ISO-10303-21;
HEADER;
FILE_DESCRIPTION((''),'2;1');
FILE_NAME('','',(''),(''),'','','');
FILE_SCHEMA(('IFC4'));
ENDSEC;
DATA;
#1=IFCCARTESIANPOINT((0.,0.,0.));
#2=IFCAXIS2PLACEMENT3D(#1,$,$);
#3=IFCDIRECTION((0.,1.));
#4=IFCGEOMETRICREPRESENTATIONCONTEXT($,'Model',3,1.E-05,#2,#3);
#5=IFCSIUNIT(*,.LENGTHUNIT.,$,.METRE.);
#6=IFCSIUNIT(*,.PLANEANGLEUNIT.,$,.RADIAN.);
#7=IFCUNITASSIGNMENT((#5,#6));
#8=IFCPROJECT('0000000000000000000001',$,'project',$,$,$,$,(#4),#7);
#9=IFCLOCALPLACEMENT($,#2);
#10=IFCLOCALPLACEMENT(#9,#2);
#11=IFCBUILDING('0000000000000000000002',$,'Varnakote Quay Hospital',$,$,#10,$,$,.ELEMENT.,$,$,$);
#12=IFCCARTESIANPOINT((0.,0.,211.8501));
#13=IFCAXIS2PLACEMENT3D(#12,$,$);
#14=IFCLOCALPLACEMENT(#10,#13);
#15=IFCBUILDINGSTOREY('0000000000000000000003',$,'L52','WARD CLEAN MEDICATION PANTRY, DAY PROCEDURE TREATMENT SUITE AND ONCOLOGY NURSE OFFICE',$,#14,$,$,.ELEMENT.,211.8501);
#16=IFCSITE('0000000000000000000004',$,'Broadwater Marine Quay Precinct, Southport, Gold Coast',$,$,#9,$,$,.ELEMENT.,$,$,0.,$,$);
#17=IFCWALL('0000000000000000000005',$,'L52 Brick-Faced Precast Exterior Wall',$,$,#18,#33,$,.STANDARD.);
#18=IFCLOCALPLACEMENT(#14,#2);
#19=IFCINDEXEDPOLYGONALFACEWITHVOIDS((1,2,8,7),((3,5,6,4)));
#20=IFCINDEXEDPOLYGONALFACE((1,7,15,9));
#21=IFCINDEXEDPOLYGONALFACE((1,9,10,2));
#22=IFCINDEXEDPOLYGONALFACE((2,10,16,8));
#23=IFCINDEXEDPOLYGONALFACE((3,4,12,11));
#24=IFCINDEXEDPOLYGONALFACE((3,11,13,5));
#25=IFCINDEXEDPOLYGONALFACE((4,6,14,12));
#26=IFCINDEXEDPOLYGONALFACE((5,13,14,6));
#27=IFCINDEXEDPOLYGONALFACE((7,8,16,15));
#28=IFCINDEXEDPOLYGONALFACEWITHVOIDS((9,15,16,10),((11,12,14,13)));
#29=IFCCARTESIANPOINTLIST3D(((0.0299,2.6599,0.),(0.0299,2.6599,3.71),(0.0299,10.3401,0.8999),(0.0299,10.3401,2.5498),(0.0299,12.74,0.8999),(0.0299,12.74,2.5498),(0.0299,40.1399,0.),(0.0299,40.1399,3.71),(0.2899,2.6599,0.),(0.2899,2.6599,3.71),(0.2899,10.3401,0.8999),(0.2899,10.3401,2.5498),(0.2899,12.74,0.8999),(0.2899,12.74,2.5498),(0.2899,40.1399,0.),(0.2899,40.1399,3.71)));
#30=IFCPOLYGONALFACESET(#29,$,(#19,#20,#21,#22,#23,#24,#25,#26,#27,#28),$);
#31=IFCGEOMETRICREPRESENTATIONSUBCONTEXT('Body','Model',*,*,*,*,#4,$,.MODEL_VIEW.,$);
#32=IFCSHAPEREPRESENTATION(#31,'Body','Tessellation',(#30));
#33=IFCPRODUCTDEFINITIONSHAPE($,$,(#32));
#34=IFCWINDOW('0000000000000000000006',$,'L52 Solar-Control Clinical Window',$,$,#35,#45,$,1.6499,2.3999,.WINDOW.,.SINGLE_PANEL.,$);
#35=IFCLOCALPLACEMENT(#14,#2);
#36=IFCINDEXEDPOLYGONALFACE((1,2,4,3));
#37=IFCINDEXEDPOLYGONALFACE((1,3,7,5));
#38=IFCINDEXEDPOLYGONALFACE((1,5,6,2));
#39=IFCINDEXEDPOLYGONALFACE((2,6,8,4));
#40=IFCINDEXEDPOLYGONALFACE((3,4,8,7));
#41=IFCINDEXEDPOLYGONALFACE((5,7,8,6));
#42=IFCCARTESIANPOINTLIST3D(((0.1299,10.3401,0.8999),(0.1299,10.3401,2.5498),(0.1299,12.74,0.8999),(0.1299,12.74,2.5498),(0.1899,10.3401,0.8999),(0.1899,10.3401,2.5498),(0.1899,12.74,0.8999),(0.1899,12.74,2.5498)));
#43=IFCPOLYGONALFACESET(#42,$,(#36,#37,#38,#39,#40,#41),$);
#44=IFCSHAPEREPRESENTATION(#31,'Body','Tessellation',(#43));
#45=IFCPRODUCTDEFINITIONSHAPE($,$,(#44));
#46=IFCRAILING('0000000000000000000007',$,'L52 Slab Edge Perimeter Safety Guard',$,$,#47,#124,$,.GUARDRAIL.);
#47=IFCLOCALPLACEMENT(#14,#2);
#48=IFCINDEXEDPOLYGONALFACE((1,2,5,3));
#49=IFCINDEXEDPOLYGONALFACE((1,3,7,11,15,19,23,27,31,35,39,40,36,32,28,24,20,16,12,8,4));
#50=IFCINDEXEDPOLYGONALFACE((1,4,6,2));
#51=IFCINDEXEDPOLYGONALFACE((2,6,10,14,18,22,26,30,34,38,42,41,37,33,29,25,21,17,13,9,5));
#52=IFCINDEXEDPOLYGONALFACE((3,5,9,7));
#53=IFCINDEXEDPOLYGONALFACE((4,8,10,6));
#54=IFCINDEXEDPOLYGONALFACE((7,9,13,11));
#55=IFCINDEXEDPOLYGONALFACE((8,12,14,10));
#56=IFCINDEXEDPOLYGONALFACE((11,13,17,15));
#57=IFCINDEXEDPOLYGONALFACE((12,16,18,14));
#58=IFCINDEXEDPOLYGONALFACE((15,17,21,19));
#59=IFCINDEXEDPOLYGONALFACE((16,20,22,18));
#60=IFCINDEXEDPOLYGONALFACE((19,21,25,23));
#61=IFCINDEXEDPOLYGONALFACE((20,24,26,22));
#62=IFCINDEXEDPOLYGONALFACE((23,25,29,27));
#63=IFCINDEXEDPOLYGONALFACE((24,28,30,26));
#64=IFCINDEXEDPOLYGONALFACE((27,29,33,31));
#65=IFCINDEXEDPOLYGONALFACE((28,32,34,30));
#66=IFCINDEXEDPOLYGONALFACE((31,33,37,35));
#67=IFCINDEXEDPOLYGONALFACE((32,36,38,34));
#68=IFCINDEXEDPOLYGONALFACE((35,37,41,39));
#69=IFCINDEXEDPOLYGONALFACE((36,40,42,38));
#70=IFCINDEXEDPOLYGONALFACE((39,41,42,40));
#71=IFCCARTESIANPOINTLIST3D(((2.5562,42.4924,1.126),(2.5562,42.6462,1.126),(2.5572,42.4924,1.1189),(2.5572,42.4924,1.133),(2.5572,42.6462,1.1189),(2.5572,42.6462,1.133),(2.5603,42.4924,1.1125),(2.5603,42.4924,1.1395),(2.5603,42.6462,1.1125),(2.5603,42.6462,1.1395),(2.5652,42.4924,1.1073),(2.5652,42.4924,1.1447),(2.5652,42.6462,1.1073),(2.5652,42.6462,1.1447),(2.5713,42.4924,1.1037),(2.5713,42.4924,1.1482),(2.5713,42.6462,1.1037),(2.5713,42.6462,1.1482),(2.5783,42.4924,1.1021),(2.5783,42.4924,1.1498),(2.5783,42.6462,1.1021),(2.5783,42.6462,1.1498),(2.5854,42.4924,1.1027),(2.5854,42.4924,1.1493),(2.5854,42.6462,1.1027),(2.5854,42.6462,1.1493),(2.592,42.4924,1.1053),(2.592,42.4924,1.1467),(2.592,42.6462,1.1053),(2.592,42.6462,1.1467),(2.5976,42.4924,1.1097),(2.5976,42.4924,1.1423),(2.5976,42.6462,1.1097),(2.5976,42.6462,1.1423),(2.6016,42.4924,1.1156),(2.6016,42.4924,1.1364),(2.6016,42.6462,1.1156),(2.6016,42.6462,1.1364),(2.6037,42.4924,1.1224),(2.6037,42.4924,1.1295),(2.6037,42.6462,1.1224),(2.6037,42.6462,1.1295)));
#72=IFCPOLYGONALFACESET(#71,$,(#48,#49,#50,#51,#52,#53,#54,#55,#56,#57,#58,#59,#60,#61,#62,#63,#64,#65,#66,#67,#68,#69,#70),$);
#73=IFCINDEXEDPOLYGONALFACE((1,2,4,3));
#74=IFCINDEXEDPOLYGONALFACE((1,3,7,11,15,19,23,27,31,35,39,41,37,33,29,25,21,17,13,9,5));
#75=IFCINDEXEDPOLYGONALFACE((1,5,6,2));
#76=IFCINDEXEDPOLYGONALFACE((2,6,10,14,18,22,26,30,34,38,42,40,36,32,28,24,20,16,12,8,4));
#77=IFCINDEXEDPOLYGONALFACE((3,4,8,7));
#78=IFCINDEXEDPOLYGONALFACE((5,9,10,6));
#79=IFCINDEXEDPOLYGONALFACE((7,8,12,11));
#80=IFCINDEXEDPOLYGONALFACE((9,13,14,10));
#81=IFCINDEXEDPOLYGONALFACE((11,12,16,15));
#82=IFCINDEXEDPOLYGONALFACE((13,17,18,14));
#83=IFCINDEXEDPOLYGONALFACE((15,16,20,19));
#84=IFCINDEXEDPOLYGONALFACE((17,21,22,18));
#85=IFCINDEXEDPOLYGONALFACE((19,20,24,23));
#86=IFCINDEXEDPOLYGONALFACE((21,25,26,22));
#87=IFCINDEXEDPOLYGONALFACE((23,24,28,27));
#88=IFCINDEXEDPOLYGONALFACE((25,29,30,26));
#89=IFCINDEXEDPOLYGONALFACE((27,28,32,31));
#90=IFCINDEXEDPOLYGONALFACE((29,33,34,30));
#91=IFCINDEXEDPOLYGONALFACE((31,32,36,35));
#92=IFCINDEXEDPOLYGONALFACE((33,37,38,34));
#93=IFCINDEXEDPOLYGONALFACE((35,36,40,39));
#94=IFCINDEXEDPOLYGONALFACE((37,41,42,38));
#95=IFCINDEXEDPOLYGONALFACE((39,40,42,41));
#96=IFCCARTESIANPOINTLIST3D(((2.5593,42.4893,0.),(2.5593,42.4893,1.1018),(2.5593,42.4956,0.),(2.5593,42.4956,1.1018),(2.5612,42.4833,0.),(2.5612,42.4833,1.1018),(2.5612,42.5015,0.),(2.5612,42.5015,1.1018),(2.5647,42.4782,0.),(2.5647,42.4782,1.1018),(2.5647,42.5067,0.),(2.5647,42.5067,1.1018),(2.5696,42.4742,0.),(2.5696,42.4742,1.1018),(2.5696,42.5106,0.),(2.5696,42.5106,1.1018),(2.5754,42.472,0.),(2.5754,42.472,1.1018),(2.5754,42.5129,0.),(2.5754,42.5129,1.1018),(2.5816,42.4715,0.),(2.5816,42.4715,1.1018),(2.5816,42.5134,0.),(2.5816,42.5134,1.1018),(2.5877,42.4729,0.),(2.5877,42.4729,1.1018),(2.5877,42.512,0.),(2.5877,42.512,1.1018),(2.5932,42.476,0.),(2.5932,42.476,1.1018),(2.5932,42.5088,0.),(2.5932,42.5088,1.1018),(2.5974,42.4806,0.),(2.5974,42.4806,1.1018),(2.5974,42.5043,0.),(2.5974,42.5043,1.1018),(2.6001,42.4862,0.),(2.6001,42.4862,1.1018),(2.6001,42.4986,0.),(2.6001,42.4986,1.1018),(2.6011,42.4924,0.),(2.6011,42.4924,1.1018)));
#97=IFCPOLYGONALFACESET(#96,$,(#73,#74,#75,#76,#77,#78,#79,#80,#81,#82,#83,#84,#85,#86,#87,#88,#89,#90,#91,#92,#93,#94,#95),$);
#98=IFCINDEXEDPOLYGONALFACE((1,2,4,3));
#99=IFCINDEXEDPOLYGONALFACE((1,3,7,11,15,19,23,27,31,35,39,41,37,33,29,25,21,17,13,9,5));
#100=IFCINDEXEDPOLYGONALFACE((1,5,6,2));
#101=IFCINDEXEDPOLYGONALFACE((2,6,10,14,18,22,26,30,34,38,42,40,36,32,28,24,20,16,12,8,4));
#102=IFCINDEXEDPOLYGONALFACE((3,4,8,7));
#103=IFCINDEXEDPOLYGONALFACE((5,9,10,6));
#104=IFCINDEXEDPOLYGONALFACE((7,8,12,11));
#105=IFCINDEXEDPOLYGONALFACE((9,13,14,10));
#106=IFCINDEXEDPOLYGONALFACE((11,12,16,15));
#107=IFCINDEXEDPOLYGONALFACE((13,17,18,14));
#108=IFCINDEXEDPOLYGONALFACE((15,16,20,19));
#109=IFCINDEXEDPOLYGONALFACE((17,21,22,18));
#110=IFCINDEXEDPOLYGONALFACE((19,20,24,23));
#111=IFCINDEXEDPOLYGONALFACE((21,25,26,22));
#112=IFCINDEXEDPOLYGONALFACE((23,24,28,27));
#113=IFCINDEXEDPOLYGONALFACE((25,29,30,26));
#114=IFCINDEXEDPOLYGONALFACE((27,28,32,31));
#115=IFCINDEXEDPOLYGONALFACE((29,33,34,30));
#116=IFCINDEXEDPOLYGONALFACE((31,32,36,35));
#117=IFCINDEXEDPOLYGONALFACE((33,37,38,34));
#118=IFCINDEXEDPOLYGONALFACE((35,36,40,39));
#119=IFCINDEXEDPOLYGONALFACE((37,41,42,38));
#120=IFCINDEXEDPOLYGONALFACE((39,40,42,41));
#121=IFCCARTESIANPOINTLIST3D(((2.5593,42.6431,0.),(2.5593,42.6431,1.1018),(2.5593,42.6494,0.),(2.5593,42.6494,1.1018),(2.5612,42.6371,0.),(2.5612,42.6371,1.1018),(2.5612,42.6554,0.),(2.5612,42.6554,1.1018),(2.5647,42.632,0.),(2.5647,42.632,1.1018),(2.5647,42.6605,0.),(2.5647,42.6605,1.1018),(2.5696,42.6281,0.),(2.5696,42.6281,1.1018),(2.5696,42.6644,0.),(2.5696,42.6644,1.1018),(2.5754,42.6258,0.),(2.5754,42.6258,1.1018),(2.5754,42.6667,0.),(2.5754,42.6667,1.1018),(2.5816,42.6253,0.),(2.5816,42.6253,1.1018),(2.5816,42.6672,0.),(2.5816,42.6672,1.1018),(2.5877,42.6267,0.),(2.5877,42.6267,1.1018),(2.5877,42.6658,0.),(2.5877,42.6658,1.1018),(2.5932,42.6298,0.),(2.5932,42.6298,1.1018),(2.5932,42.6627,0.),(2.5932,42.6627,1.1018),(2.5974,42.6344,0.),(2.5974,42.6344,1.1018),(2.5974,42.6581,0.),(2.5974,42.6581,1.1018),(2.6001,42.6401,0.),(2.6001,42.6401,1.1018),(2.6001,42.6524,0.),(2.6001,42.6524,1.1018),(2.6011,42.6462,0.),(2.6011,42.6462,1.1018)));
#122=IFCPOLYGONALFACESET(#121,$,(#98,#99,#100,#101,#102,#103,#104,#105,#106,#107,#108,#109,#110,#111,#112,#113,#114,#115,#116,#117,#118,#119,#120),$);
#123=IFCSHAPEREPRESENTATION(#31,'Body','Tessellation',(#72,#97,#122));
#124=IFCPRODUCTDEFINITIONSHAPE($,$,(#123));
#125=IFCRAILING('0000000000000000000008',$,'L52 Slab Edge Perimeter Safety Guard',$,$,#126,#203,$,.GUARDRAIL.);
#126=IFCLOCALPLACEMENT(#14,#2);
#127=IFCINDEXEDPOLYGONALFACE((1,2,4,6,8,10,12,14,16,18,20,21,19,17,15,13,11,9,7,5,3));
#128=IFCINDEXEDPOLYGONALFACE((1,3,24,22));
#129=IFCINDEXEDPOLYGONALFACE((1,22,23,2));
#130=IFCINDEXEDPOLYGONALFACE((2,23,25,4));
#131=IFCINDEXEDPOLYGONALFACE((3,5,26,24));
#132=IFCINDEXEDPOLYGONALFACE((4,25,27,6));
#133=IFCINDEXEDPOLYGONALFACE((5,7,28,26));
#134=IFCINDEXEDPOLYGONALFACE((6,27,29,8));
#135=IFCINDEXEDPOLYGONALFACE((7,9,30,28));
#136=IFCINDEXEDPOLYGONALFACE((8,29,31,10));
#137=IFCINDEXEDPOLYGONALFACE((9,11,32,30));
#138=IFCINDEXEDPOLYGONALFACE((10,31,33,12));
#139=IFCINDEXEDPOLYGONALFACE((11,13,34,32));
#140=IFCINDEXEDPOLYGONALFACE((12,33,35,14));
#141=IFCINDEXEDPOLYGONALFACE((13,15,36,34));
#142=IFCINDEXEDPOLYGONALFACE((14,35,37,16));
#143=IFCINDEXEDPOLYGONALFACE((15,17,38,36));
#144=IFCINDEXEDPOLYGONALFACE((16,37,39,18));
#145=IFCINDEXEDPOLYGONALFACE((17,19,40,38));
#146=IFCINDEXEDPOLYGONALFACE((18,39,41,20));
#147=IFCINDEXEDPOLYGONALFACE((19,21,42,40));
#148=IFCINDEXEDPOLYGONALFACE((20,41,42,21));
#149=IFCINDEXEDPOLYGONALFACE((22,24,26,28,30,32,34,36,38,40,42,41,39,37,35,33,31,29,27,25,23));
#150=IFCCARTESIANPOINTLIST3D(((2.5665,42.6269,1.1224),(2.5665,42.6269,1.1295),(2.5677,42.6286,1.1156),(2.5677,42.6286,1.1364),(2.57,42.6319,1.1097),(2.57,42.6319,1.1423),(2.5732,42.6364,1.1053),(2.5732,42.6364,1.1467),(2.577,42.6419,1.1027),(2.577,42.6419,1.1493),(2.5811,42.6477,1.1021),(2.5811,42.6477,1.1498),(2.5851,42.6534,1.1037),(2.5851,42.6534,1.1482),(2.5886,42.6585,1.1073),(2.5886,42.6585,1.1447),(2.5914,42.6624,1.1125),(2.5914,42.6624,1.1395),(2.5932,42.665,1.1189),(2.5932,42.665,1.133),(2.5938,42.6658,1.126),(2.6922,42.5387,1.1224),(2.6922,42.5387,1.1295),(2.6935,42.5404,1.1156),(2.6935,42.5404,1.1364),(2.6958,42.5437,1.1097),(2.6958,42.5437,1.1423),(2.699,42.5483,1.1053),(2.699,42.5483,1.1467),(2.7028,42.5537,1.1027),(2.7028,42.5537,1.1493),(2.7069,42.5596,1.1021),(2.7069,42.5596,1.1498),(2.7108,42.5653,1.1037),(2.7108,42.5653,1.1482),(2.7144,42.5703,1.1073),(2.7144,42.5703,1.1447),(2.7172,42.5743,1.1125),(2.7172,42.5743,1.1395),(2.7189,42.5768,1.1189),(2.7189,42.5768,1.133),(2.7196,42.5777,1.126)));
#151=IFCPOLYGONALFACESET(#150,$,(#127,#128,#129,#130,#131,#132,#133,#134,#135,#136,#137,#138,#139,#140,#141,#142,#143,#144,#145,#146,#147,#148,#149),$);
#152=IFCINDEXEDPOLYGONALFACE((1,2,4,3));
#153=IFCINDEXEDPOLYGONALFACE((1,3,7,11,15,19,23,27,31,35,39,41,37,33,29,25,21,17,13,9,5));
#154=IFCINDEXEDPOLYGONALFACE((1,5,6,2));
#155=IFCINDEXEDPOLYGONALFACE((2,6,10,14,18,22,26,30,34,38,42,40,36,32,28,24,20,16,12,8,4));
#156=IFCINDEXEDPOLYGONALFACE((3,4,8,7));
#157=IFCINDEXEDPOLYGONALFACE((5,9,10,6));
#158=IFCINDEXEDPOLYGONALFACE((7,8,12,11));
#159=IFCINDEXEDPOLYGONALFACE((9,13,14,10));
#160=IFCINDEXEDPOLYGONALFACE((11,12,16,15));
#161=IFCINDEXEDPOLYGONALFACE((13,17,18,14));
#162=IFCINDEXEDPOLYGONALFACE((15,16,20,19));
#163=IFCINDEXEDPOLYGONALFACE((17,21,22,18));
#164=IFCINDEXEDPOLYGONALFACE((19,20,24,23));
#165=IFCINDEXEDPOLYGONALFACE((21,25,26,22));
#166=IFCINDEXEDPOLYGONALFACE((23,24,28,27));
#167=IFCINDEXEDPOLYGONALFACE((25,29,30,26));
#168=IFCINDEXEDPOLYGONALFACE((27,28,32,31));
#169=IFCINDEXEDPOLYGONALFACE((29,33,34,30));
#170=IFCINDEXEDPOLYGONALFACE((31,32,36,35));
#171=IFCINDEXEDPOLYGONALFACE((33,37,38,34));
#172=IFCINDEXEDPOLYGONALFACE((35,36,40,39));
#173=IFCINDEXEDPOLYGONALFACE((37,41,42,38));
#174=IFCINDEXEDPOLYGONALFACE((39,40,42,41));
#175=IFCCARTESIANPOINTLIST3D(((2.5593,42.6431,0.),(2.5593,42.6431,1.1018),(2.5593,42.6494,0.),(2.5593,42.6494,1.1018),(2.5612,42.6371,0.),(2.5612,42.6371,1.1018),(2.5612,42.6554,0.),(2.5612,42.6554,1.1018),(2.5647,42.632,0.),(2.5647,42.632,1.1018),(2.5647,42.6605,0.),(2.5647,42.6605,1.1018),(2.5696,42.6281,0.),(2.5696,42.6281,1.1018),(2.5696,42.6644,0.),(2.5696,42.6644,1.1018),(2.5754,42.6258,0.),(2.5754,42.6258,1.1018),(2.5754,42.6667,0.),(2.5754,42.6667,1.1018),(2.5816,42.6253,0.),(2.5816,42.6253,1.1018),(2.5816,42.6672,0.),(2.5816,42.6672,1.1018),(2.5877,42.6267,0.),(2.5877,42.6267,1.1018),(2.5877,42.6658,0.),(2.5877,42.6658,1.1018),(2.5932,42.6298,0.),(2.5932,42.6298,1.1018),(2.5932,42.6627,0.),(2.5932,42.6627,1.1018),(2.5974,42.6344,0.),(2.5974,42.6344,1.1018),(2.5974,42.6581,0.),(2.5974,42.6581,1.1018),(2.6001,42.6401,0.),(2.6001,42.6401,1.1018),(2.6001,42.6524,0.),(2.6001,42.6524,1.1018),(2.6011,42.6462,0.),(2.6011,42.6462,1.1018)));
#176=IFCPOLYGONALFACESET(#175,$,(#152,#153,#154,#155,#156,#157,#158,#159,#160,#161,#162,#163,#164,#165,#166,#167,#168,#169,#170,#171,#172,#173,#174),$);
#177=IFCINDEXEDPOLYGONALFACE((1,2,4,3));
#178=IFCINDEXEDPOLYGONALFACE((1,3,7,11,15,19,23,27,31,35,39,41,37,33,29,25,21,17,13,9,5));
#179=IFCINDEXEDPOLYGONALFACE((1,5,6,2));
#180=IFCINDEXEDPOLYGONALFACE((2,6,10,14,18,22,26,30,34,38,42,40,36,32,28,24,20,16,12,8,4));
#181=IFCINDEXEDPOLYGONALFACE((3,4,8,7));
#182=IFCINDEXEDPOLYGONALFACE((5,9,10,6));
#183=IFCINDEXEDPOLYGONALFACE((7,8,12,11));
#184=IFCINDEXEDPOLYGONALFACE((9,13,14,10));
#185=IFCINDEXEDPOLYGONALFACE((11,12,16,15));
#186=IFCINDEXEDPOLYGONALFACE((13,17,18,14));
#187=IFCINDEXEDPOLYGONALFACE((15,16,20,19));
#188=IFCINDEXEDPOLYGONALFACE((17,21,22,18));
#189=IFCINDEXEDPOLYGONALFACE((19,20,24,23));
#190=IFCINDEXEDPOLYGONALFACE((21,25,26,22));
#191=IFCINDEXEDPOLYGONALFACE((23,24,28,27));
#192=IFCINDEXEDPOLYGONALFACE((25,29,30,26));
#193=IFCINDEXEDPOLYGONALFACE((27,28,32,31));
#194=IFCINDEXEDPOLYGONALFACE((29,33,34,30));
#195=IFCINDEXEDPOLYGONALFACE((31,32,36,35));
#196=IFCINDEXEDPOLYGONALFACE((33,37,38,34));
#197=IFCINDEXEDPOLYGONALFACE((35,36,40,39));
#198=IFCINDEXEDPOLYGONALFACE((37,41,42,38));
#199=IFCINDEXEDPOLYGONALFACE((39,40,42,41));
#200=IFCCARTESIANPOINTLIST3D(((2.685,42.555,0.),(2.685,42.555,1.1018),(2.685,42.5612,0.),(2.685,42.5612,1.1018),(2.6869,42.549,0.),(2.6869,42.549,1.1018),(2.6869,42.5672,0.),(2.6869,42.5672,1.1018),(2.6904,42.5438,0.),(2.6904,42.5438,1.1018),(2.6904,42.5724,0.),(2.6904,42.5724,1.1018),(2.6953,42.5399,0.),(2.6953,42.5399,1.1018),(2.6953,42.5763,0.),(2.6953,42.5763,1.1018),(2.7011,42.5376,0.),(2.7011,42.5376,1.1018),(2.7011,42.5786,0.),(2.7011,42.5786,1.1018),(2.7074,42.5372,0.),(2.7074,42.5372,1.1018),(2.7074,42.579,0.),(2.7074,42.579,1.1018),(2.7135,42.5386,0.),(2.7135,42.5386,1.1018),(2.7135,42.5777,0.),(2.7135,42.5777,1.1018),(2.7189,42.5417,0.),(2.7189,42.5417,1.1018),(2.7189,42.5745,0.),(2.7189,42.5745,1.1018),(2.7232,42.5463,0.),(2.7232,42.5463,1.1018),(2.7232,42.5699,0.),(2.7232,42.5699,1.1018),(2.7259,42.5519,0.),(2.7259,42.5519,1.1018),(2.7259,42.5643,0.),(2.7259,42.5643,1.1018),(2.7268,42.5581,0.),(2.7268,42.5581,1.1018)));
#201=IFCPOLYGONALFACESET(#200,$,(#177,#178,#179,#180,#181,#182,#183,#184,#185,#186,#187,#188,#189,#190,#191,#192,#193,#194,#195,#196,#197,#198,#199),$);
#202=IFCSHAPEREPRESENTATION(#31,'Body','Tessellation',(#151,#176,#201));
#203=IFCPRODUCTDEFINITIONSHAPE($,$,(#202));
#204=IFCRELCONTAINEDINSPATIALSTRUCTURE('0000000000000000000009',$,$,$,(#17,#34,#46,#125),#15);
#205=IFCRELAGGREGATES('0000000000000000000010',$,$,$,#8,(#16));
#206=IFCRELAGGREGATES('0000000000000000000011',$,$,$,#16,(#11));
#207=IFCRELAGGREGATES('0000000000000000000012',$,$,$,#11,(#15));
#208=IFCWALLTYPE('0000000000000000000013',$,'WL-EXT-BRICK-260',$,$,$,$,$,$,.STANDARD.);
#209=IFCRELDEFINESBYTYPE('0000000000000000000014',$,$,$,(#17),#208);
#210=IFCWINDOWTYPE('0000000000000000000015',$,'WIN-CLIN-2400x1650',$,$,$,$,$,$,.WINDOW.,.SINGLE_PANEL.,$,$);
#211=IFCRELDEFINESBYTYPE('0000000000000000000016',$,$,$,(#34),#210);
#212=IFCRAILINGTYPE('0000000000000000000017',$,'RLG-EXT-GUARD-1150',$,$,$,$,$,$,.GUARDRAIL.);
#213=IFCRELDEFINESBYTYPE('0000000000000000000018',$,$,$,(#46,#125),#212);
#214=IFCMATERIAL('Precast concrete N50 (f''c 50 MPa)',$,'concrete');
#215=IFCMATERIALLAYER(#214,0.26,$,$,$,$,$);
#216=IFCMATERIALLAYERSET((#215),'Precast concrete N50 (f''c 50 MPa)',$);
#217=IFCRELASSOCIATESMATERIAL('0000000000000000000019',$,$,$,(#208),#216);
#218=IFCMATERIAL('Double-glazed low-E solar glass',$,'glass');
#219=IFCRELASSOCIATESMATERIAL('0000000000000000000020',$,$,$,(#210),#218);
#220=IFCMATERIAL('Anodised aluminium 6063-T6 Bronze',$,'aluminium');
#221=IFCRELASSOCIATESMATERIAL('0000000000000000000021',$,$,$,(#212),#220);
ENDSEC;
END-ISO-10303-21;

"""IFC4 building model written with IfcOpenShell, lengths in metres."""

from ifc_helpers import new_model, si_unit, direction, frame, frame_2d, origin, origin_2d, place, context, subcontext, project, spatial, rectangle, circle, extrude, material, layer, layer_set, type_object, element, fill, save


model = new_model("IFC4")

# Units and contexts
model_context = context("Model", 3, precision=1e-05, world=origin(), true_north=direction((0.0, 1.0)))
body_context = subcontext(model_context, "Body", "Model", "MODEL_VIEW")
ifc_project = project(units=[si_unit("LENGTHUNIT", "METRE"), si_unit("PLANEANGLEUNIT", "RADIAN")], contexts=[model_context])

# Site, building, storey
site_placement = place(None, origin())
site = spatial("IfcSite", under=ifc_project, at=site_placement, Name="Broadwater Marine Quay Precinct, Southport, Gold Coast", CompositionType="ELEMENT", RefElevation=0.0)
building_placement = place(site_placement, origin())
building = spatial("IfcBuilding", under=site, at=building_placement, Name="Varnakote Quay Hospital", CompositionType="ELEMENT")
storey_placement = place(building_placement, frame((0.0, 0.0, 211.8501)))
storey = spatial("IfcBuildingStorey", under=building, at=storey_placement, Name="L52", Description="WARD CLEAN MEDICATION PANTRY, DAY PROCEDURE TREATMENT SUITE AND ONCOLOGY NURSE OFFICE", CompositionType="ELEMENT", Elevation=211.8501)

# Shared definitions
ifc_material_1 = material(Name="Precast concrete N50 (f'c 50 MPa)", Category="concrete")
ifc_layer = layer(ifc_material_1, 0.26)
ifc_layer_set = layer_set([ifc_layer], Name="Precast concrete N50 (f'c 50 MPa)")
wall_type = type_object("IfcWallType", Name="WL-EXT-BRICK-260", PredefinedType="STANDARD", material=ifc_layer_set)

# Wall, opening, window
wall_1_placement = place(storey_placement, frame((0.1599, 40.1399, 0.0), z_axis=(0.0, 0.0, 1.0), x_axis=(0.0, -1.0, 0.0)))
wall_1 = element("IfcWall", 1, at=wall_1_placement, inside=storey, type_object=wall_type, Name="L52 Brick-Faced Precast Exterior Wall", PredefinedType="STANDARD", context=body_context, shape_type="SweptSolid", body=[
    extrude(rectangle(XDim=37.48, YDim=0.26, at=frame_2d((18.74, 0.0))), origin(), (0.0, 0.0, 1.0), 3.71),
])
opening_placement = place(wall_1_placement, frame((27.3999, 0.0, 0.8999)))
opening = element("IfcOpeningElement", 2, at=opening_placement, cuts=wall_1, PredefinedType="OPENING", context=body_context, shape_type="SweptSolid", body=[
    extrude(rectangle(XDim=2.3999, YDim=1.6499, at=frame_2d((1.2, 0.825))), frame((0.0, 0.1399, 0.0), z_axis=(0.0, -1.0, 0.0), x_axis=(1.0, 0.0, 0.0)), (0.0, 0.0, 1.0), 0.28),
])
ifc_material_2 = material(Name="Double-glazed low-E solar glass", Category="glass")
window_type = type_object("IfcWindowType", Name="WIN-CLIN-2400x1650", PartitioningType="SINGLE_PANEL", PredefinedType="WINDOW", material=ifc_material_2)
window_placement = place(opening_placement, origin())
window = element("IfcWindow", 3, at=window_placement, inside=storey, type_object=window_type, Name="L52 Solar-Control Clinical Window", OverallHeight=1.6499, OverallWidth=2.3999, PartitioningType="SINGLE_PANEL", PredefinedType="WINDOW", context=body_context, shape_type="SweptSolid", body=[
    extrude(rectangle(XDim=2.3999, YDim=1.6499, at=frame_2d((1.2, 0.825))), frame((0.0, 0.03, 0.0), z_axis=(0.0, -1.0, 0.0), x_axis=(1.0, 0.0, 0.0)), (0.0, 0.0, 1.0), 0.0601),
])
fill(opening, window)

# Railings
ifc_material_3 = material(Name="Anodised aluminium 6063-T6 Bronze", Category="aluminium")
railing_type = type_object("IfcRailingType", Name="RLG-EXT-GUARD-1150", PredefinedType="GUARDRAIL", material=ifc_material_3)
railing_1_placement = place(storey_placement, frame((2.5801, 42.4924, 0.0)))
element("IfcRailing", 4, at=railing_1_placement, inside=storey, type_object=railing_type, Name="L52 Slab Edge Perimeter Safety Guard", PredefinedType="GUARDRAIL", context=body_context, shape_type="SweptSolid", body=[
    extrude(circle(Radius=0.0239, at=origin_2d()), frame((0.0, 0.0, 1.126), z_axis=(0.0, 1.0, 0.0), x_axis=(-1.0, 0.0, 0.0)), (0.0, 0.0, 1.0), 0.1538),
    extrude(circle(Radius=0.021, at=origin_2d()), origin(), (0.0, 0.0, 1.0), 1.1018),
    extrude(circle(Radius=0.021, at=origin_2d()), frame((0.0, 0.1538, 0.0)), (0.0, 0.0, 1.0), 1.1018),
])
railing_2_placement = place(storey_placement, frame((2.5801, 42.6462, 0.0)))
element("IfcRailing", 5, at=railing_2_placement, inside=storey, type_object=railing_type, Name="L52 Slab Edge Perimeter Safety Guard", PredefinedType="GUARDRAIL", context=body_context, shape_type="SweptSolid", body=[
    extrude(circle(Radius=0.0239, at=origin_2d()), frame((0.0, 0.0, 1.126), z_axis=(0.818858, -0.573996, 0.0), x_axis=(0.573996, 0.818858, 0.0)), (0.0, 0.0, 1.0), 0.1536),
    extrude(circle(Radius=0.021, at=origin_2d()), origin(), (0.0, 0.0, 1.0), 1.1018),
    extrude(circle(Radius=0.021, at=origin_2d()), frame((0.1257, -0.0881, 0.0)), (0.0, 0.0, 1.0), 1.1018),
])

save(model, "model.ifc")
